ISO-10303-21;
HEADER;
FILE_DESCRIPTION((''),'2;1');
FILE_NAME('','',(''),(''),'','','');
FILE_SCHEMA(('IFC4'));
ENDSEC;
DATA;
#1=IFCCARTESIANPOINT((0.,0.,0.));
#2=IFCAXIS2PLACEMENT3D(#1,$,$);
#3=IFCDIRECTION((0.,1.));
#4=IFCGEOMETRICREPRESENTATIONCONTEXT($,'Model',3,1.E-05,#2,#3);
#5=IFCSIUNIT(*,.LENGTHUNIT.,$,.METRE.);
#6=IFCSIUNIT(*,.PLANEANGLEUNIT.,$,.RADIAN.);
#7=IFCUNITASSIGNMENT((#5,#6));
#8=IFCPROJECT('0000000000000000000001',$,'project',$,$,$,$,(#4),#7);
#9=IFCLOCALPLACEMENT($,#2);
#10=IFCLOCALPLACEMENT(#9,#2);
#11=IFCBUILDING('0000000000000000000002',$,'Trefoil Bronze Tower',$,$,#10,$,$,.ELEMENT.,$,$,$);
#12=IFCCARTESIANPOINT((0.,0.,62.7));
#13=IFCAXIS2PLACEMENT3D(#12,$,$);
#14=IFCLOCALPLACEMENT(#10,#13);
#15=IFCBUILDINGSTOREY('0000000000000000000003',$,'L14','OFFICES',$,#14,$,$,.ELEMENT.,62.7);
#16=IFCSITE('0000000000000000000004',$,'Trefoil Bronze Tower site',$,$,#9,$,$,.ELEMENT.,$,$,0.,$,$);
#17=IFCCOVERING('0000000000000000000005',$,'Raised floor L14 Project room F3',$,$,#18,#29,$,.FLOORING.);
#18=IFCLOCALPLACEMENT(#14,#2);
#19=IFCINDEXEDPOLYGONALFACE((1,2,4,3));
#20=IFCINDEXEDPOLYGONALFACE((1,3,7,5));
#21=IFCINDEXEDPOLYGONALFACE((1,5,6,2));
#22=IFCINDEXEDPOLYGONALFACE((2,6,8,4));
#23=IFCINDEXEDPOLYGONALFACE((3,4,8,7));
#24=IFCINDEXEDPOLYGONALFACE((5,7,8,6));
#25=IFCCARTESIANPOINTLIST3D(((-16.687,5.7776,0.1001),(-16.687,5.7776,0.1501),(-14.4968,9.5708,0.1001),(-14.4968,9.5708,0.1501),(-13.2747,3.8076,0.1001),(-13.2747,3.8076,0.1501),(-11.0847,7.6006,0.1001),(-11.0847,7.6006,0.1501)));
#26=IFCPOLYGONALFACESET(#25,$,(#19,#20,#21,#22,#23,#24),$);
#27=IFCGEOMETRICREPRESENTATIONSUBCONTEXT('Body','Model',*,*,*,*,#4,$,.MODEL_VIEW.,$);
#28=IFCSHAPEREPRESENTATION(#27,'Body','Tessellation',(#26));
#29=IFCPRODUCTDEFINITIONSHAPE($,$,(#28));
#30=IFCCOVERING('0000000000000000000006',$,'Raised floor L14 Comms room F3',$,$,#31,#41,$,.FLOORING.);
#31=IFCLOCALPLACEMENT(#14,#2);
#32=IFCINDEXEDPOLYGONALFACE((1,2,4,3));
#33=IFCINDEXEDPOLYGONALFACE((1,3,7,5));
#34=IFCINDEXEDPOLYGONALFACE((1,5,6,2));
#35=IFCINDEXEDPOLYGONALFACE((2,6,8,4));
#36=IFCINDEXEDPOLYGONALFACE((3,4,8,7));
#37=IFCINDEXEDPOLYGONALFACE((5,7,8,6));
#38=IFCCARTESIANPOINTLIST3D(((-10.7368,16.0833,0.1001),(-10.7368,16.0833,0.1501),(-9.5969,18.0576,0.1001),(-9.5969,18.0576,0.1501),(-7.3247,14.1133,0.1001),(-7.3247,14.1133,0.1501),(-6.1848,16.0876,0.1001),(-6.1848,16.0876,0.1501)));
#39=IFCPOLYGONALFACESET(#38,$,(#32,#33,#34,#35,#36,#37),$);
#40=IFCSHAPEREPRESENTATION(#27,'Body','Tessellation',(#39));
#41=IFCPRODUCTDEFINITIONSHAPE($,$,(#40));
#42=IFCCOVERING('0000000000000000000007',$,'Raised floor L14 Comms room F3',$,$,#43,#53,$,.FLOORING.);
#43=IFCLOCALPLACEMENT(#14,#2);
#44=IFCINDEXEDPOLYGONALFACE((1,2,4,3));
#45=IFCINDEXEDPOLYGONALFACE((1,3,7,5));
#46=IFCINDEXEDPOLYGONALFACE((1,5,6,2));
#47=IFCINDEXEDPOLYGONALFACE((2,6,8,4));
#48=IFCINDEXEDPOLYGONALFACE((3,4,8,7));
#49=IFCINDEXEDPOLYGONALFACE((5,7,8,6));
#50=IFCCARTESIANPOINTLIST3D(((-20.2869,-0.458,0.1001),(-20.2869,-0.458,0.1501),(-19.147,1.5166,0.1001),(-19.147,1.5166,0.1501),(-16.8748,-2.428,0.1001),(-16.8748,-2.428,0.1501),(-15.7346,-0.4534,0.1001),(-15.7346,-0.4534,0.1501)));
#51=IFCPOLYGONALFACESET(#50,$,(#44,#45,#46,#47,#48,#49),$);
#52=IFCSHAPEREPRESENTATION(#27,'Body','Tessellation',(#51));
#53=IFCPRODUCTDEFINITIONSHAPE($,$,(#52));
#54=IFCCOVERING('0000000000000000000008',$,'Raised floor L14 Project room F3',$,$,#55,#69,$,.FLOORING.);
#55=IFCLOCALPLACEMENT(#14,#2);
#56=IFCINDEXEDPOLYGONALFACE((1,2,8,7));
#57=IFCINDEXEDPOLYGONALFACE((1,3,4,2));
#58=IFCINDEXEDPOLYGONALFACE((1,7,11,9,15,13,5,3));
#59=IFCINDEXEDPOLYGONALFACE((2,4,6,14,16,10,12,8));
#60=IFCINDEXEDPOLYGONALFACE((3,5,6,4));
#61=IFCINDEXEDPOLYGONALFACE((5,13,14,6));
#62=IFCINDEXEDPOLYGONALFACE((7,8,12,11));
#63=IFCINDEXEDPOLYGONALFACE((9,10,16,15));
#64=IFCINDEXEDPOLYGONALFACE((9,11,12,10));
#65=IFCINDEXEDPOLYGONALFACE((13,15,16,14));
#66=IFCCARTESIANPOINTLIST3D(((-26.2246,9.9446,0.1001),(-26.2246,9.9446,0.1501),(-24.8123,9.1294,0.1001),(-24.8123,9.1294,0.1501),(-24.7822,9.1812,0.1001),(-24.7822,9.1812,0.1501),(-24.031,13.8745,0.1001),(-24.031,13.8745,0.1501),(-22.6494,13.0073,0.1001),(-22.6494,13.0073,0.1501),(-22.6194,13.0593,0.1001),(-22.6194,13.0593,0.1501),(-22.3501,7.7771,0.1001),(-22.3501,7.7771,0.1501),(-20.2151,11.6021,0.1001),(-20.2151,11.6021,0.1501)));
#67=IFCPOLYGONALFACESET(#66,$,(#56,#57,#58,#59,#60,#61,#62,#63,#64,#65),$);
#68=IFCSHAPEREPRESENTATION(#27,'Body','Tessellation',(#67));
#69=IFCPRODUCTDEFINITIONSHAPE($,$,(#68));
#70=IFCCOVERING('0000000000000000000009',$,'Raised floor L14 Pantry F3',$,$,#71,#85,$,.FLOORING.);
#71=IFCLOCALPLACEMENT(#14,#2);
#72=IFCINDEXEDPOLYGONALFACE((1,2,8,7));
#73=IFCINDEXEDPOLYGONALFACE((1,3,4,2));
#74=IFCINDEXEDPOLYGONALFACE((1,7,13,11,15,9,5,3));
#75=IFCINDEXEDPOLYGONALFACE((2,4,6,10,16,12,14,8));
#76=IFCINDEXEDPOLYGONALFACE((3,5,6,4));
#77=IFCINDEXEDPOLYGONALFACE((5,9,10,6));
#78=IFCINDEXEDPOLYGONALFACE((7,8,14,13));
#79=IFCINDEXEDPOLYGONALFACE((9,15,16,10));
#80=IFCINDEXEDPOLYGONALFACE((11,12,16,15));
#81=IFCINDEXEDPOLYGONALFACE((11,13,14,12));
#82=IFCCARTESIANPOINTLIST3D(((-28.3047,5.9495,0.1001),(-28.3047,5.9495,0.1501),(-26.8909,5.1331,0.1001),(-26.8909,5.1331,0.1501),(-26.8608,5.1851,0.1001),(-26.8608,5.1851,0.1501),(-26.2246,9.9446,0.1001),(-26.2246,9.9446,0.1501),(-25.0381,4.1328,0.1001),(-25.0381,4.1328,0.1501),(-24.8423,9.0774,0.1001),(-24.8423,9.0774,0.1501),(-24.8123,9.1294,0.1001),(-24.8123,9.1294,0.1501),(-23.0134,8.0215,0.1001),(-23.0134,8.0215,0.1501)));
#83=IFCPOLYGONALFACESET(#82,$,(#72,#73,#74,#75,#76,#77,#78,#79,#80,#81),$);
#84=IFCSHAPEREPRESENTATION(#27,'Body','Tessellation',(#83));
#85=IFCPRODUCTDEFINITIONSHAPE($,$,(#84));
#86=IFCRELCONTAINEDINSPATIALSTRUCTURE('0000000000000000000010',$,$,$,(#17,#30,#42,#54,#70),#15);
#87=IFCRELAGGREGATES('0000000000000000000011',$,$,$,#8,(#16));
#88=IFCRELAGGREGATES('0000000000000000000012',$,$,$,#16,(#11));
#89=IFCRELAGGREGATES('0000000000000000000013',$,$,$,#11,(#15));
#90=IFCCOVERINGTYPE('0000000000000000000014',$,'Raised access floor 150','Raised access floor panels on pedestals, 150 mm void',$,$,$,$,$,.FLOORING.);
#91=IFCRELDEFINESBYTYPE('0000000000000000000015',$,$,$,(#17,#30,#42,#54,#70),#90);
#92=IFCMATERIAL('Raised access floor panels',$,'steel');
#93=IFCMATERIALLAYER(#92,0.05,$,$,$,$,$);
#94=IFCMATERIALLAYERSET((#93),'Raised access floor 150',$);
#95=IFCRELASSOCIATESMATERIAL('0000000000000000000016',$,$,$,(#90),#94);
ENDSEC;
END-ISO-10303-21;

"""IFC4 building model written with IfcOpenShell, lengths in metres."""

from ifc_helpers import new_model, si_unit, direction, frame, origin, place, context, subcontext, project, spatial, polyline, outline, extrude, material, layer, layer_set, type_object, element, save


model = new_model("IFC4")

# Units and contexts
model_context = context("Model", 3, precision=1e-05, world=origin(), true_north=direction((0.0, 1.0)))
body_context = subcontext(model_context, "Body", "Model", "MODEL_VIEW")
ifc_project = project(units=[si_unit("LENGTHUNIT", "METRE"), si_unit("PLANEANGLEUNIT", "RADIAN")], contexts=[model_context])

# Site, building, storey
site_placement = place(None, origin())
site = spatial("IfcSite", under=ifc_project, at=site_placement, Name="Trefoil Bronze Tower site", CompositionType="ELEMENT", RefElevation=0.0)
building_placement = place(site_placement, origin())
building = spatial("IfcBuilding", under=site, at=building_placement, Name="Trefoil Bronze Tower", CompositionType="ELEMENT")
storey_placement = place(building_placement, frame((0.0, 0.0, 62.7)))
storey = spatial("IfcBuildingStorey", under=building, at=storey_placement, Name="L14", Description="OFFICES", CompositionType="ELEMENT", Elevation=62.7)

# Coverings
ifc_material_1 = material(Name="Raised access floor panels", Category="steel")
ifc_layer_1 = layer(ifc_material_1, 0.05)
ifc_layer_set_1 = layer_set([ifc_layer_1], Name="Raised access floor 150")
covering_type_1 = type_object("IfcCoveringType", Name="Raised access floor 150", Description="Raised access floor panels on pedestals, 150 mm void", PredefinedType="FLOORING", material=ifc_layer_set_1)
covering_1_placement = place(storey_placement, frame((0.0, 0.0, 0.1001)))
element("IfcCovering", 1, at=covering_1_placement, inside=storey, type_object=covering_type_1, Name="Raised floor L14 Project room F3", PredefinedType="FLOORING", context=body_context, shape_type="SweptSolid", body=[
    extrude(outline(polyline([(-13.2747, 3.8076), (-16.687, 5.7776), (-14.4968, 9.5708), (-11.0847, 7.6006), (-13.2747, 3.8076)])), origin(), (0.0, 0.0, 1.0), 0.05),
])
covering_2_placement = place(storey_placement, frame((0.0, 0.0, 0.1001)))
element("IfcCovering", 2, at=covering_2_placement, inside=storey, type_object=covering_type_1, Name="Raised floor L14 Comms room F3", PredefinedType="FLOORING", context=body_context, shape_type="SweptSolid", body=[
    extrude(outline(polyline([(-7.3247, 14.1133), (-10.7368, 16.0833), (-9.5969, 18.0576), (-6.1848, 16.0876), (-7.3247, 14.1133)])), origin(), (0.0, 0.0, 1.0), 0.05),
])
covering_3_placement = place(storey_placement, frame((0.0, 0.0, 0.1001)))
element("IfcCovering", 3, at=covering_3_placement, inside=storey, type_object=covering_type_1, Name="Raised floor L14 Comms room F3", PredefinedType="FLOORING", context=body_context, shape_type="SweptSolid", body=[
    extrude(outline(polyline([(-16.8748, -2.428), (-20.2869, -0.458), (-19.147, 1.5166), (-15.7346, -0.4534), (-16.8748, -2.428)])), origin(), (0.0, 0.0, 1.0), 0.05),
])
covering_4_placement = place(storey_placement, frame((0.0, 0.0, 0.1001)))
element("IfcCovering", 4, at=covering_4_placement, inside=storey, type_object=covering_type_1, Name="Raised floor L14 Project room F3", PredefinedType="FLOORING", context=body_context, shape_type="SweptSolid", body=[
    extrude(outline(polyline([(-26.2246, 9.9446), (-24.031, 13.8745), (-22.6194, 13.0593), (-22.6494, 13.0073), (-20.2151, 11.6021), (-22.3501, 7.7771), (-24.7822, 9.1812), (-24.8123, 9.1294), (-26.2246, 9.9446)])), origin(), (0.0, 0.0, 1.0), 0.05),
])
covering_5_placement = place(storey_placement, frame((0.0, 0.0, 0.1001)))
element("IfcCovering", 5, at=covering_5_placement, inside=storey, type_object=covering_type_1, Name="Raised floor L14 Pantry F3", PredefinedType="FLOORING", context=body_context, shape_type="SweptSolid", body=[
    extrude(outline(polyline([(-28.3047, 5.9495), (-26.2246, 9.9446), (-24.8123, 9.1294), (-24.8423, 9.0774), (-23.0134, 8.0215), (-25.0381, 4.1328), (-26.8608, 5.1851), (-26.8909, 5.1331), (-28.3047, 5.9495)])), origin(), (0.0, 0.0, 1.0), 0.05),
])

save(model, "model.ifc")
